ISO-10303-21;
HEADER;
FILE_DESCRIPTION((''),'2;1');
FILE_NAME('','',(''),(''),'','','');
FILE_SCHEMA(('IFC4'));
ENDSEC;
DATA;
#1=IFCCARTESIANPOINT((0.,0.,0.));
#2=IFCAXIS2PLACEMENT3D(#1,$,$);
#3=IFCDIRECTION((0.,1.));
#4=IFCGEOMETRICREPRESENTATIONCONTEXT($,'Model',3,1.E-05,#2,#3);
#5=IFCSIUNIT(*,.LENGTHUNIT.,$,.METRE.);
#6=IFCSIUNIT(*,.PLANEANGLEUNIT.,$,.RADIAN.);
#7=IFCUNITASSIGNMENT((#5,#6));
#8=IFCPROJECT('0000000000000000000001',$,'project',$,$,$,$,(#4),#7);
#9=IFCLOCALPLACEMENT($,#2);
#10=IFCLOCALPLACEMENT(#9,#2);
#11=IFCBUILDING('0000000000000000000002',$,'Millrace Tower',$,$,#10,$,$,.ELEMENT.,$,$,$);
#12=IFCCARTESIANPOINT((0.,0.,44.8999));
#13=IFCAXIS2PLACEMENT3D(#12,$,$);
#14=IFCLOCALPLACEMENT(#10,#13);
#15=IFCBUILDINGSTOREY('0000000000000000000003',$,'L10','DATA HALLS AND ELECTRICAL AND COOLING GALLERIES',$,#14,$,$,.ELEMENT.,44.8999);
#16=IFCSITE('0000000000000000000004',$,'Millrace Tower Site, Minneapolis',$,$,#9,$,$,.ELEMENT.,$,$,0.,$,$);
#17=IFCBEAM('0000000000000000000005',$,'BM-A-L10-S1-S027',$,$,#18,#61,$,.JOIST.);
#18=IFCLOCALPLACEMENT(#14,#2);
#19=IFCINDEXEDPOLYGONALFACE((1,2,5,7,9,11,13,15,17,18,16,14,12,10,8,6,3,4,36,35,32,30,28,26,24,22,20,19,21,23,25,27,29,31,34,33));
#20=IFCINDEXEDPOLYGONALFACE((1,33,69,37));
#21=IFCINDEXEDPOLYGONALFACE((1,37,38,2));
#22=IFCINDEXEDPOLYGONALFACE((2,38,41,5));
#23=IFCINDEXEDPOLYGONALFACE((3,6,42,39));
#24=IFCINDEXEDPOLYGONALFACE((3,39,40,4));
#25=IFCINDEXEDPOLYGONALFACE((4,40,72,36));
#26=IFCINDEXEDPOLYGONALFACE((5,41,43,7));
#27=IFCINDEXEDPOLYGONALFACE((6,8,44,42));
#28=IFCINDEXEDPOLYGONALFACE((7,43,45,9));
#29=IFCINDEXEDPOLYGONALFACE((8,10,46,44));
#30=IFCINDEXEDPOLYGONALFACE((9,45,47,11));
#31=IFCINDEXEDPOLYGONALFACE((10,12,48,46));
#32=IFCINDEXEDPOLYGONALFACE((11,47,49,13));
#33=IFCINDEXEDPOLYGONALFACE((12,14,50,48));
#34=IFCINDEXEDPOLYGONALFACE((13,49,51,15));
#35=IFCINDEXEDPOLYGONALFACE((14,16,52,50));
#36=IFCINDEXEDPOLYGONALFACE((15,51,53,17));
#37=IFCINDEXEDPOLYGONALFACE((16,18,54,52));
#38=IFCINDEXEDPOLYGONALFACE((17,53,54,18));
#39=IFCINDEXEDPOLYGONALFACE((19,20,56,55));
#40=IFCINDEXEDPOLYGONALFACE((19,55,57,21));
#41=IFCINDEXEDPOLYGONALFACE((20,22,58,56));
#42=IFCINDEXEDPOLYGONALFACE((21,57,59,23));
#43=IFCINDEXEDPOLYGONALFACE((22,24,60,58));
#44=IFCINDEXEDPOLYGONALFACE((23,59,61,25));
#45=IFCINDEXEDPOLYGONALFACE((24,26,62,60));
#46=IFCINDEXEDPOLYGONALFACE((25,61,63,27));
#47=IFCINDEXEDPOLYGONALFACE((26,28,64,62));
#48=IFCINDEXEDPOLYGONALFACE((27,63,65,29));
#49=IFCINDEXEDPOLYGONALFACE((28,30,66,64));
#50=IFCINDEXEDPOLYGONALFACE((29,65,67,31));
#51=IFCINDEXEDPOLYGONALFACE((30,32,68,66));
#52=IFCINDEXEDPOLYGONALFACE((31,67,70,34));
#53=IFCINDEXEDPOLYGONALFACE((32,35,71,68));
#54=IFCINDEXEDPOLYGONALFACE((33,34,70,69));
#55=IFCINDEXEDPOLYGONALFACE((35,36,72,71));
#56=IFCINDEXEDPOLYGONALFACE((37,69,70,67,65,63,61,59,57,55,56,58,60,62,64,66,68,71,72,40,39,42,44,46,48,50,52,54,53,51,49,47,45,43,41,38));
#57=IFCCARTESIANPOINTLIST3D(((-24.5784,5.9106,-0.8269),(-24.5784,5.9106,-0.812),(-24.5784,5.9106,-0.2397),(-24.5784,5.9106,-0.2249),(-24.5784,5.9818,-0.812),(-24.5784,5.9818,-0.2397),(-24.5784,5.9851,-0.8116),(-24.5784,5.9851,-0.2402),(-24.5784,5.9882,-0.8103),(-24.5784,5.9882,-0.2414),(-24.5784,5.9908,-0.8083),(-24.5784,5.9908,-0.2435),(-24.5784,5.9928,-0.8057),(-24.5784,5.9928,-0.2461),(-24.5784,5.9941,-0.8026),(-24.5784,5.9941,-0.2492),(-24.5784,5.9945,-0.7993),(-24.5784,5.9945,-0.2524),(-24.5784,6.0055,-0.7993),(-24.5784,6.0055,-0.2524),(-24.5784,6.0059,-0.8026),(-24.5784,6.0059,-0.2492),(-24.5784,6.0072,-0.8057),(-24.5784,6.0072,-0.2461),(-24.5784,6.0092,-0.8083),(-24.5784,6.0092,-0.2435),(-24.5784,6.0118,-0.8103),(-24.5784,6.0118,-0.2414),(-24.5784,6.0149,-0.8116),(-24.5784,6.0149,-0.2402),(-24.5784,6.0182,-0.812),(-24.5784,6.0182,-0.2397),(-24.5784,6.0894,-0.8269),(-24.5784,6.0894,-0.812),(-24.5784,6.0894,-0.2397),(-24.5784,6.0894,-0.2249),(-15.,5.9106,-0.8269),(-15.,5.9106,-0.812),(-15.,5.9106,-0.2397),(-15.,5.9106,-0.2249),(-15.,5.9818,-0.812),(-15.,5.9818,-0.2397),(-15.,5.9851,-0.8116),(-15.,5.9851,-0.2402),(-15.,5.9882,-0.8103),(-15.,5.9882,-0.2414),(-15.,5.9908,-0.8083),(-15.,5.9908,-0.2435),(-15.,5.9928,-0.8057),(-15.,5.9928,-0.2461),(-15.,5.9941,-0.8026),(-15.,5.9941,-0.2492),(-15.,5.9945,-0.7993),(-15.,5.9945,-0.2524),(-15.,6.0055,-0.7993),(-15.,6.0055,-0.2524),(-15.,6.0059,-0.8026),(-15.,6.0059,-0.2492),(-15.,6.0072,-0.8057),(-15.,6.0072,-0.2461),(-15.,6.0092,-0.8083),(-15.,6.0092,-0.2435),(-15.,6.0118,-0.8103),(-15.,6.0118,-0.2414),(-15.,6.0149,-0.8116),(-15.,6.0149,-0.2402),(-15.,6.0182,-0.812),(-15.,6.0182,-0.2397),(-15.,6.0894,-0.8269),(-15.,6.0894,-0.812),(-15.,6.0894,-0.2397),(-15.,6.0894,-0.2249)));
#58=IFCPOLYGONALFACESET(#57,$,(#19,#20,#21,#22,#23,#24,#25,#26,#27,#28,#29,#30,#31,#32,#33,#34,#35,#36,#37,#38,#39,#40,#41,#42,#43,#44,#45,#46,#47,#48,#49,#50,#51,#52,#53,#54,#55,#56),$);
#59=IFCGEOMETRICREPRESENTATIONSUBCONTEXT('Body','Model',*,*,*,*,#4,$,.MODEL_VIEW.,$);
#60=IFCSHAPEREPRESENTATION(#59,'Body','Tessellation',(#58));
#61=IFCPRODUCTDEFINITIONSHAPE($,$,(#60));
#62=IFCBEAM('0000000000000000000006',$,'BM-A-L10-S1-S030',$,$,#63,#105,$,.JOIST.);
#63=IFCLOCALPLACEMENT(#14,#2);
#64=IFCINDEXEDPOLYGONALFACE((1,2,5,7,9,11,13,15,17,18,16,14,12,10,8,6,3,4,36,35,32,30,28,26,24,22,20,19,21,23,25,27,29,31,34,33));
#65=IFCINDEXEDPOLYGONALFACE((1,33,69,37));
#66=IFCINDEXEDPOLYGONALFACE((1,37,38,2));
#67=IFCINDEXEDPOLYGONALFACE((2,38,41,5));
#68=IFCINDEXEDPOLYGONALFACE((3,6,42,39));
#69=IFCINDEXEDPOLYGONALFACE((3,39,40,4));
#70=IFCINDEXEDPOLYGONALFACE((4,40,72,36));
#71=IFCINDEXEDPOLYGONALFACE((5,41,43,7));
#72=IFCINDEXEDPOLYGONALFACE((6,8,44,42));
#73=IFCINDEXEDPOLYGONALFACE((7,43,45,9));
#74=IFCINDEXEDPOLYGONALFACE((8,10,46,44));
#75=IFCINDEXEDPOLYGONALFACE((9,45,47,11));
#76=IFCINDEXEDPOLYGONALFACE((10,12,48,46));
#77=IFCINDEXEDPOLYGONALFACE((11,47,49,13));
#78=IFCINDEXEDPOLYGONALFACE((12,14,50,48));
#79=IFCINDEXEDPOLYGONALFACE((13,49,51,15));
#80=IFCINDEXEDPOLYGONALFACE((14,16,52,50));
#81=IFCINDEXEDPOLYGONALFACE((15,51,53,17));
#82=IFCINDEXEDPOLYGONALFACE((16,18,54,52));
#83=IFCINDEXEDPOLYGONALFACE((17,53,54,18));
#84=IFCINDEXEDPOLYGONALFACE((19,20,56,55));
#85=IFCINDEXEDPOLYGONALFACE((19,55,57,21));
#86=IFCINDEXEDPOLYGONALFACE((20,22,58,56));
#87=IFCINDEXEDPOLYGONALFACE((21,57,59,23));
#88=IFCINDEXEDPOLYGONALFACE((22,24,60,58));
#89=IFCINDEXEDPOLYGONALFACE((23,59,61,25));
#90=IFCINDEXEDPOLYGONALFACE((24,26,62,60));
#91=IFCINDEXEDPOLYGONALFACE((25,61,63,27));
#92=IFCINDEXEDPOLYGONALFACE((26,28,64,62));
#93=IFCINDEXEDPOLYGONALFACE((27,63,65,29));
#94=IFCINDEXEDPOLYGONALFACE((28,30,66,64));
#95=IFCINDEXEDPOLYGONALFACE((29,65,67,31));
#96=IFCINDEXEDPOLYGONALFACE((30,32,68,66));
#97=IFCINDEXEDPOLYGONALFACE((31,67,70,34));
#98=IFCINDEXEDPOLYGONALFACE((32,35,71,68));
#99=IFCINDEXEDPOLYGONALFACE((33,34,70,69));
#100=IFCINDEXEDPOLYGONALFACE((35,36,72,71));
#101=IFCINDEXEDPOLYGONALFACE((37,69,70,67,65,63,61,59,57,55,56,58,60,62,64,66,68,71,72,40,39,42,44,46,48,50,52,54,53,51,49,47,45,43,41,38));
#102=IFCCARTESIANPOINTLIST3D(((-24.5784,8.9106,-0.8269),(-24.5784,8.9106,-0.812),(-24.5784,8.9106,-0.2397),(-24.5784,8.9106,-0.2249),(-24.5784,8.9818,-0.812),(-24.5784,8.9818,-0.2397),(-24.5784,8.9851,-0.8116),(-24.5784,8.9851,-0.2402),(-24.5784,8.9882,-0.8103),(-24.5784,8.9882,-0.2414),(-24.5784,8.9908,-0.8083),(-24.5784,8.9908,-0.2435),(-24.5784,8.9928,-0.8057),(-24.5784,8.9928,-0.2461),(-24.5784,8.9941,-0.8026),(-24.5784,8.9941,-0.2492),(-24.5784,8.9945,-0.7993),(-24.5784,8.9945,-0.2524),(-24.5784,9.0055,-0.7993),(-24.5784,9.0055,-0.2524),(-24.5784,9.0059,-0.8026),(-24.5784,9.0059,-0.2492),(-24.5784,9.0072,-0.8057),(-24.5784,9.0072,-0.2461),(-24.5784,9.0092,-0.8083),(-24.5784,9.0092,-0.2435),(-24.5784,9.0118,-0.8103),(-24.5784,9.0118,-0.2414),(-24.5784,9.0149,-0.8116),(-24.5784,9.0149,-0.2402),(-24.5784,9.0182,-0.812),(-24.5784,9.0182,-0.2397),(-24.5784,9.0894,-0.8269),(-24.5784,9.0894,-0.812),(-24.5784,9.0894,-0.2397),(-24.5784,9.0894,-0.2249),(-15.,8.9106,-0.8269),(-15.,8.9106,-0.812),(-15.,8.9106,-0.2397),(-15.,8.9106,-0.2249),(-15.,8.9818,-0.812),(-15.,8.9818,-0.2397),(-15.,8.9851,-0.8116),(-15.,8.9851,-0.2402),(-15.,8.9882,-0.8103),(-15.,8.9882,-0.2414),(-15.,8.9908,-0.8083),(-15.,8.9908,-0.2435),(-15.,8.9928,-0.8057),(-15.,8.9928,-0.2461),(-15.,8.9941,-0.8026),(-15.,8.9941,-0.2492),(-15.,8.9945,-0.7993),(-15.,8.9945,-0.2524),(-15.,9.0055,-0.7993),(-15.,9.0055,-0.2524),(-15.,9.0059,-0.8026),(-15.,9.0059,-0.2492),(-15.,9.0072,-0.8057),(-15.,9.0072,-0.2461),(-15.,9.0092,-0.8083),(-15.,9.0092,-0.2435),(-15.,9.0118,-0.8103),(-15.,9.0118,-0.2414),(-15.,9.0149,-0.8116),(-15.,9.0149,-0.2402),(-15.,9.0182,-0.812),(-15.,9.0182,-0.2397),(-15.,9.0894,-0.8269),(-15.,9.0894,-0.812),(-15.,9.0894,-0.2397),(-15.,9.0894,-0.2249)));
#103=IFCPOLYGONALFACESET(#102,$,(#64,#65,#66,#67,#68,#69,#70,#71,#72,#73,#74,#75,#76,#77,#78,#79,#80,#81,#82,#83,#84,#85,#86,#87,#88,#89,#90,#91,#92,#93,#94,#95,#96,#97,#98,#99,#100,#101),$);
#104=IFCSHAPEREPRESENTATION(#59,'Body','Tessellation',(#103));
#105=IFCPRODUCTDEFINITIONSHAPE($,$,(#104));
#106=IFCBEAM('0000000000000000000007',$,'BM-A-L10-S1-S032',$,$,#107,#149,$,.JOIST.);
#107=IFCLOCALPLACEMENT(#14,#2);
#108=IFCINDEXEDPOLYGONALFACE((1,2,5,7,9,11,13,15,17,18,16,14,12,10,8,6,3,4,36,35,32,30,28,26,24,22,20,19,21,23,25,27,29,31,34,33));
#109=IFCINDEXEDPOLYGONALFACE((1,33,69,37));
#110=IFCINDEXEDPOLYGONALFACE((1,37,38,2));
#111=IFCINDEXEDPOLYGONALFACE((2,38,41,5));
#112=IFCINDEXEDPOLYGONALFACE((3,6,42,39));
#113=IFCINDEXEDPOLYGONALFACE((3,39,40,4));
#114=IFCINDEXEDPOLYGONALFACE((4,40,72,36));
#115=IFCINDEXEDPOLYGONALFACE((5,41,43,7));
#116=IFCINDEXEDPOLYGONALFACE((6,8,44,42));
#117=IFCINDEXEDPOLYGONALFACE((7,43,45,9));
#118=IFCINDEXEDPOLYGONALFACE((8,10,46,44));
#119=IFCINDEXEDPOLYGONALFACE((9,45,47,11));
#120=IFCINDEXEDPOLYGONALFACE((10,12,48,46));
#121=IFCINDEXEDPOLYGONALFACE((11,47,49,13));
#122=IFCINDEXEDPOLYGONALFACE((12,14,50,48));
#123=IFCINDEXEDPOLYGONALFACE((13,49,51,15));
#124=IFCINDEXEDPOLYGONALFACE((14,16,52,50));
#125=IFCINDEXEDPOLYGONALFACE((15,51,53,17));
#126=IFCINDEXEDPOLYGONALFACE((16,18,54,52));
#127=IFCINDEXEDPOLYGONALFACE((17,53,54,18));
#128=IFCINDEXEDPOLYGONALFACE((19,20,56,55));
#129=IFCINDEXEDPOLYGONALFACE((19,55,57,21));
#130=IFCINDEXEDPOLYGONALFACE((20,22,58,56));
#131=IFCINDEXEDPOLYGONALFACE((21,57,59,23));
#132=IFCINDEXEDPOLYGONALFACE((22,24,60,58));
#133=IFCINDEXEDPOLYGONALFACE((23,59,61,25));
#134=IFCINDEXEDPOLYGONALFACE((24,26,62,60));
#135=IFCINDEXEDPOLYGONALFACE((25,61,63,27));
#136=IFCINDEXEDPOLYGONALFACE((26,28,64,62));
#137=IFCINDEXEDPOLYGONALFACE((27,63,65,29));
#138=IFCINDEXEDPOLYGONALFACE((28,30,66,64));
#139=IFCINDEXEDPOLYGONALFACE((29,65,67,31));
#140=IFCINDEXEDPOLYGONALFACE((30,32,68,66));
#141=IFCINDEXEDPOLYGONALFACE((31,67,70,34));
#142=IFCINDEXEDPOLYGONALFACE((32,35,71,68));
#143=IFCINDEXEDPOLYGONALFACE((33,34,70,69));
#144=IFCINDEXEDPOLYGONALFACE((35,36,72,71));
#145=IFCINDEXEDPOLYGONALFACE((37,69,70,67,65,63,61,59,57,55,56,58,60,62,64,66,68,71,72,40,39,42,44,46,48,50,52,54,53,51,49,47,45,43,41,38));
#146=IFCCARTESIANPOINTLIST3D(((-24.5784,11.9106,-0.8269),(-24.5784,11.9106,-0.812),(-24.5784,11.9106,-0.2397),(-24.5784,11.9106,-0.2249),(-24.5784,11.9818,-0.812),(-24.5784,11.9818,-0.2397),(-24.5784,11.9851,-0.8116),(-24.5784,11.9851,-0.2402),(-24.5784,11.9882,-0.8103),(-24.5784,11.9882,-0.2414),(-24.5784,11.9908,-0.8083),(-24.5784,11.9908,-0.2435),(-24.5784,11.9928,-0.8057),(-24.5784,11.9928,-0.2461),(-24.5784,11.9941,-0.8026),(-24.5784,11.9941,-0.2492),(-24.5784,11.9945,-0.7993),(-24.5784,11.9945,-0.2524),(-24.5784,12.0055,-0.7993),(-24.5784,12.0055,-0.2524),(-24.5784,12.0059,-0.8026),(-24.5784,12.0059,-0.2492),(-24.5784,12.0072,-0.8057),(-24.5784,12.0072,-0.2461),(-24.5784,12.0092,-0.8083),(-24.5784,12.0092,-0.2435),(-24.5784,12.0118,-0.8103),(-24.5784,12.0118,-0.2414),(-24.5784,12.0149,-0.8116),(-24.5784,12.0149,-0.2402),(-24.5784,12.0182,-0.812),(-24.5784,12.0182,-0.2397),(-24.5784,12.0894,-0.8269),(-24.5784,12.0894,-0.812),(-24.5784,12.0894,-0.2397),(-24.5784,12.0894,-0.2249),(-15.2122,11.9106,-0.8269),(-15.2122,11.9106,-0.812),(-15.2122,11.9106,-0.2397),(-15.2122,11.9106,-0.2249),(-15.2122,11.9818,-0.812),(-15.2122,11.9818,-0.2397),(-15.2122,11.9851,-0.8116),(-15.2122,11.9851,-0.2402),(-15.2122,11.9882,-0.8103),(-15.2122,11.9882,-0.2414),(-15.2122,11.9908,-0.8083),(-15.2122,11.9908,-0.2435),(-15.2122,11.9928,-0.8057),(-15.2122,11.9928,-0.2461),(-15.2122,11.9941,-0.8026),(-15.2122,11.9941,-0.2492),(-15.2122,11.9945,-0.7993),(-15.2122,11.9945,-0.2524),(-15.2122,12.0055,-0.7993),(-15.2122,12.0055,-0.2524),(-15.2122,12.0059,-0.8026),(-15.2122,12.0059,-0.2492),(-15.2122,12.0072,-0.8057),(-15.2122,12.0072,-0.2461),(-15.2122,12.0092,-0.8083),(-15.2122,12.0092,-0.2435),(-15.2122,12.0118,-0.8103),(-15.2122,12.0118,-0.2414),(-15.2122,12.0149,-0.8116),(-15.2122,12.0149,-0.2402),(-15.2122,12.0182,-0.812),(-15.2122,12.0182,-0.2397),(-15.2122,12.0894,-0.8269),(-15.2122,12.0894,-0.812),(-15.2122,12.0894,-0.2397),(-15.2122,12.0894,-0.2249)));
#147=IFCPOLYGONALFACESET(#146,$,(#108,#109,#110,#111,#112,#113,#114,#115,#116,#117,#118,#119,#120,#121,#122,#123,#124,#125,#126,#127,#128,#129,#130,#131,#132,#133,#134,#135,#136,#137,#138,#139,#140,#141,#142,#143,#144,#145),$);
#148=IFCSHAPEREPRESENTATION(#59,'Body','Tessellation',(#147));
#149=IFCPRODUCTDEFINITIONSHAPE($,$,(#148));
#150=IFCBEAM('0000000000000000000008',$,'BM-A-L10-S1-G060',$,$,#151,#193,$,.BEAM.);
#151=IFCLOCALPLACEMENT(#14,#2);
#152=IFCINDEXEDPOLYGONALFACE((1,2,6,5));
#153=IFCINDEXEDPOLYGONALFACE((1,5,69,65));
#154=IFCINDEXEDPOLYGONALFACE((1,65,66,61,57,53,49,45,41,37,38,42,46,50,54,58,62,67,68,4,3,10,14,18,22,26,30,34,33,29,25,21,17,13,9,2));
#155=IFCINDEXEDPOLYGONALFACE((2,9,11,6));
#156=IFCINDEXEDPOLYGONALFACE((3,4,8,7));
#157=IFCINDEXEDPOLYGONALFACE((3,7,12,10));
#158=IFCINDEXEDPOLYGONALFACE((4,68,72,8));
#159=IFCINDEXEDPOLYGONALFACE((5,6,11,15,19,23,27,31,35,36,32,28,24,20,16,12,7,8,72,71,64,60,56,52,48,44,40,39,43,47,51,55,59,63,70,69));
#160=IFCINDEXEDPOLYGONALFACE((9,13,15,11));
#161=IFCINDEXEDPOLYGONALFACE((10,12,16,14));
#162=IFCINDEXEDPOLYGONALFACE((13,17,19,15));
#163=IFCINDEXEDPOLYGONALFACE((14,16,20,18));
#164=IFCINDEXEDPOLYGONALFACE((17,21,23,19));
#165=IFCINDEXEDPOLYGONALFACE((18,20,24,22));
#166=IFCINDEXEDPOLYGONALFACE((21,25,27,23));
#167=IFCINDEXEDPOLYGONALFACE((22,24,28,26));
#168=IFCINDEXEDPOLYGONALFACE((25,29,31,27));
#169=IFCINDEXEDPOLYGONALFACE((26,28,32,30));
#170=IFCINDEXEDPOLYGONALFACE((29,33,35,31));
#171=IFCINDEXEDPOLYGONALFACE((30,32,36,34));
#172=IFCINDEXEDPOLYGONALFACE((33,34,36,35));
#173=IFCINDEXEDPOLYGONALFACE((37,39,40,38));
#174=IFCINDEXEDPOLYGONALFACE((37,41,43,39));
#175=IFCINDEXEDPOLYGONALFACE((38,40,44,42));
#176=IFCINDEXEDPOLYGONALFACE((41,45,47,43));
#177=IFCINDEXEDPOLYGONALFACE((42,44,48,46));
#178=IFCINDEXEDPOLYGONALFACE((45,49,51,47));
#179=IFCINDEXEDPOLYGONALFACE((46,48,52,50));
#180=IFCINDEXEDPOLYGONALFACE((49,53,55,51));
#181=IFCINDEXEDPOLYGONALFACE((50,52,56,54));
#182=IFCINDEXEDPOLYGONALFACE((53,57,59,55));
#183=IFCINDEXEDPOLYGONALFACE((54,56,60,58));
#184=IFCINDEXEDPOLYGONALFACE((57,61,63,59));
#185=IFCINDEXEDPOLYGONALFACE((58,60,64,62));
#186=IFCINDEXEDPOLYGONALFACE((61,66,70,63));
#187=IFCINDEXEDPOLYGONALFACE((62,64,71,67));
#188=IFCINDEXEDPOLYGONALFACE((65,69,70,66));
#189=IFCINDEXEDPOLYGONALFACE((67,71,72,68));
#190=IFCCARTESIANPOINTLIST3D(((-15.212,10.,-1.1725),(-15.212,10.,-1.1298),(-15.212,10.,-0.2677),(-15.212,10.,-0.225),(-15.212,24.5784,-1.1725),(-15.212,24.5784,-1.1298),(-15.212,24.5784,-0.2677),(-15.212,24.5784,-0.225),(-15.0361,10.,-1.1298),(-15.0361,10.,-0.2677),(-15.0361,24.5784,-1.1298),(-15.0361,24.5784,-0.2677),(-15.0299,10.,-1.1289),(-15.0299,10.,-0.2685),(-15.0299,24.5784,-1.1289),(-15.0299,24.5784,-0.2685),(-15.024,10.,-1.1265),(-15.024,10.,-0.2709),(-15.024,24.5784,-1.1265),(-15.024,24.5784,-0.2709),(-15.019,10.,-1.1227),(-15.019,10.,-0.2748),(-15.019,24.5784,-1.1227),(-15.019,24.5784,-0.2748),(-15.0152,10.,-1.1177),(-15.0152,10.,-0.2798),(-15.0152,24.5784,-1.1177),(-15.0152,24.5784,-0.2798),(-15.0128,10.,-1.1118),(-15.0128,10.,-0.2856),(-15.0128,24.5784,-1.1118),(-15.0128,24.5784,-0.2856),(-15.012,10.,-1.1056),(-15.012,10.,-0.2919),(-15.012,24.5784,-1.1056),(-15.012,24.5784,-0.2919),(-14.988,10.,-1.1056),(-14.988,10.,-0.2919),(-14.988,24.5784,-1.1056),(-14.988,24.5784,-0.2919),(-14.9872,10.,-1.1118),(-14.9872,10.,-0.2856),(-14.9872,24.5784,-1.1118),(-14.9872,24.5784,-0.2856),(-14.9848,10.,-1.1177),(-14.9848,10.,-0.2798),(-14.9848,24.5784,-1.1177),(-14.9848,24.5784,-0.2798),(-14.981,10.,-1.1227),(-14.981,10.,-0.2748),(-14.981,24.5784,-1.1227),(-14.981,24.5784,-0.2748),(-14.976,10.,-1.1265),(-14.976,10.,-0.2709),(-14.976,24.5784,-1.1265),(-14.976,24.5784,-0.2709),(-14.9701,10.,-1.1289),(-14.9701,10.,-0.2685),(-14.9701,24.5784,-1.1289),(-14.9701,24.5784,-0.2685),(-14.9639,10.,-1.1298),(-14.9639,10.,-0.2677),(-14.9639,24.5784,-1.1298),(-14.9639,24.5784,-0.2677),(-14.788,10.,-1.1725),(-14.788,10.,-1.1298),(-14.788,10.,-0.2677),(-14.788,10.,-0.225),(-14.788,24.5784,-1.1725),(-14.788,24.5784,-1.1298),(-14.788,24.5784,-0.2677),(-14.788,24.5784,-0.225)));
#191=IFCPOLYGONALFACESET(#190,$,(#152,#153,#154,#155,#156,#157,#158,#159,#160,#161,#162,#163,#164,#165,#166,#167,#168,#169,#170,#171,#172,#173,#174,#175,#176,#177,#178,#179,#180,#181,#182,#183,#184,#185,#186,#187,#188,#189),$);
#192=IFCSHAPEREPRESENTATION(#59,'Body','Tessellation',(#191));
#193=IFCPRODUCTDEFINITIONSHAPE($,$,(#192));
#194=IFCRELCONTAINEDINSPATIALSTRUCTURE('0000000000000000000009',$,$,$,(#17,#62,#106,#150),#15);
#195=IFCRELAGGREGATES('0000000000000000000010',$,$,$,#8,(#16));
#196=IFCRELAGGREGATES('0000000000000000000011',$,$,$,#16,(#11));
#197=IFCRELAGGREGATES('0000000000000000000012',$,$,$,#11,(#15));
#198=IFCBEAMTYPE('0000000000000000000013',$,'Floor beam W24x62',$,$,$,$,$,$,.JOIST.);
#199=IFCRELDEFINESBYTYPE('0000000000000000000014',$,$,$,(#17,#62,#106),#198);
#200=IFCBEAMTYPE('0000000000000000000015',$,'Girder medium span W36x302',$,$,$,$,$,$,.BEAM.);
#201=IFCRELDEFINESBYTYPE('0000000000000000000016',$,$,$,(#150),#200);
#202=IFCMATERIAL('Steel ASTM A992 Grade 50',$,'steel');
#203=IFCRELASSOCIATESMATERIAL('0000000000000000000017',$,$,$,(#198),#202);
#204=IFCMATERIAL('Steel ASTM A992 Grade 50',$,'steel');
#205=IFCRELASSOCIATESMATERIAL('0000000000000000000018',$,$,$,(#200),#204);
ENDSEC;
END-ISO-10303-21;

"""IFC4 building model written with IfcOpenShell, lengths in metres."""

from ifc_helpers import new_model, si_unit, direction, frame, origin, origin_2d, place, context, subcontext, project, spatial, i_section, extrude, material, material_profile, profile_set, type_object, element, save


model = new_model("IFC4")

# Units and contexts
model_context = context("Model", 3, precision=1e-05, world=origin(), true_north=direction((0.0, 1.0)))
body_context = subcontext(model_context, "Body", "Model", "MODEL_VIEW")
ifc_project = project(units=[si_unit("LENGTHUNIT", "METRE"), si_unit("PLANEANGLEUNIT", "RADIAN")], contexts=[model_context])

# Site, building, storey
site_placement = place(None, origin())
site = spatial("IfcSite", under=ifc_project, at=site_placement, Name="Millrace Tower Site, Minneapolis", CompositionType="ELEMENT", RefElevation=0.0)
building_placement = place(site_placement, origin())
building = spatial("IfcBuilding", under=site, at=building_placement, Name="Millrace Tower", CompositionType="ELEMENT")
storey_placement = place(building_placement, frame((0.0, 0.0, 44.8999)))
storey = spatial("IfcBuildingStorey", under=building, at=storey_placement, Name="L10", Description="DATA HALLS AND ELECTRICAL AND COOLING GALLERIES", CompositionType="ELEMENT", Elevation=44.8999)

# Beams
ifc_material_1 = material(Name="Steel ASTM A992 Grade 50", Category="steel")
ifc_material_profile_1 = material_profile(ifc_material_1, i_section(OverallWidth=0.1787, OverallDepth=0.6021, WebThickness=0.011, FlangeThickness=0.0149, FilletRadius=0.0127, at=origin_2d()))
ifc_profile_set_1 = profile_set([ifc_material_profile_1], Name="Steel ASTM A992 Grade 50")
beam_type_1 = type_object("IfcBeamType", Name="Floor beam W24x62", PredefinedType="JOIST", material=ifc_profile_set_1)
for number, where, z_axis, x_axis, name in (
    (1, (-24.5784, 6.0, -0.5259), (1.0, 0.0, 0.0), (0.0, 1.0, 0.0), "BM-A-L10-S1-S027"),
    (2, (-24.5784, 9.0, -0.5259), (1.0, 0.0, 0.0), (0.0, 1.0, 0.0), "BM-A-L10-S1-S030"),
):
    element("IfcBeam", number, at=place(storey_placement, frame(where, z_axis=z_axis, x_axis=x_axis)), inside=storey, type_object=beam_type_1, Name=name, PredefinedType="JOIST", context=body_context, shape_type="SweptSolid", body=[
        extrude(i_section(OverallWidth=0.1787, OverallDepth=0.6021, WebThickness=0.011, FlangeThickness=0.0149, FilletRadius=0.0127, at=origin_2d()), origin(), (0.0, 0.0, 1.0), 9.5784),
    ])
beam_1_placement = place(storey_placement, frame((-24.5784, 12.0, -0.5259), z_axis=(1.0, 0.0, 0.0), x_axis=(0.0, 1.0, 0.0)))
element("IfcBeam", 3, at=beam_1_placement, inside=storey, type_object=beam_type_1, Name="BM-A-L10-S1-S032", PredefinedType="JOIST", context=body_context, shape_type="SweptSolid", body=[
    extrude(i_section(OverallWidth=0.1787, OverallDepth=0.6021, WebThickness=0.011, FlangeThickness=0.0149, FilletRadius=0.0127, at=origin_2d()), origin(), (0.0, 0.0, 1.0), 9.3662),
])
ifc_material_2 = material(Name="Steel ASTM A992 Grade 50", Category="steel")
ifc_material_profile_2 = material_profile(ifc_material_2, i_section(OverallWidth=0.4241, OverallDepth=0.9475, WebThickness=0.0239, FlangeThickness=0.0427, FilletRadius=0.0242, at=origin_2d()))
ifc_profile_set_2 = profile_set([ifc_material_profile_2], Name="Steel ASTM A992 Grade 50")
beam_type_2 = type_object("IfcBeamType", Name="Girder medium span W36x302", PredefinedType="BEAM", material=ifc_profile_set_2)
beam_2_placement = place(storey_placement, frame((-15.0, 10.0, -0.6987), z_axis=(0.0, 1.0, 0.0), x_axis=(-1.0, 0.0, 0.0)))
element("IfcBeam", 4, at=beam_2_placement, inside=storey, type_object=beam_type_2, Name="BM-A-L10-S1-G060", PredefinedType="BEAM", context=body_context, shape_type="SweptSolid", body=[
    extrude(i_section(OverallWidth=0.4241, OverallDepth=0.9475, WebThickness=0.0239, FlangeThickness=0.0427, FilletRadius=0.0242, at=origin_2d()), origin(), (0.0, 0.0, 1.0), 14.5784),
])

save(model, "model.ifc")
